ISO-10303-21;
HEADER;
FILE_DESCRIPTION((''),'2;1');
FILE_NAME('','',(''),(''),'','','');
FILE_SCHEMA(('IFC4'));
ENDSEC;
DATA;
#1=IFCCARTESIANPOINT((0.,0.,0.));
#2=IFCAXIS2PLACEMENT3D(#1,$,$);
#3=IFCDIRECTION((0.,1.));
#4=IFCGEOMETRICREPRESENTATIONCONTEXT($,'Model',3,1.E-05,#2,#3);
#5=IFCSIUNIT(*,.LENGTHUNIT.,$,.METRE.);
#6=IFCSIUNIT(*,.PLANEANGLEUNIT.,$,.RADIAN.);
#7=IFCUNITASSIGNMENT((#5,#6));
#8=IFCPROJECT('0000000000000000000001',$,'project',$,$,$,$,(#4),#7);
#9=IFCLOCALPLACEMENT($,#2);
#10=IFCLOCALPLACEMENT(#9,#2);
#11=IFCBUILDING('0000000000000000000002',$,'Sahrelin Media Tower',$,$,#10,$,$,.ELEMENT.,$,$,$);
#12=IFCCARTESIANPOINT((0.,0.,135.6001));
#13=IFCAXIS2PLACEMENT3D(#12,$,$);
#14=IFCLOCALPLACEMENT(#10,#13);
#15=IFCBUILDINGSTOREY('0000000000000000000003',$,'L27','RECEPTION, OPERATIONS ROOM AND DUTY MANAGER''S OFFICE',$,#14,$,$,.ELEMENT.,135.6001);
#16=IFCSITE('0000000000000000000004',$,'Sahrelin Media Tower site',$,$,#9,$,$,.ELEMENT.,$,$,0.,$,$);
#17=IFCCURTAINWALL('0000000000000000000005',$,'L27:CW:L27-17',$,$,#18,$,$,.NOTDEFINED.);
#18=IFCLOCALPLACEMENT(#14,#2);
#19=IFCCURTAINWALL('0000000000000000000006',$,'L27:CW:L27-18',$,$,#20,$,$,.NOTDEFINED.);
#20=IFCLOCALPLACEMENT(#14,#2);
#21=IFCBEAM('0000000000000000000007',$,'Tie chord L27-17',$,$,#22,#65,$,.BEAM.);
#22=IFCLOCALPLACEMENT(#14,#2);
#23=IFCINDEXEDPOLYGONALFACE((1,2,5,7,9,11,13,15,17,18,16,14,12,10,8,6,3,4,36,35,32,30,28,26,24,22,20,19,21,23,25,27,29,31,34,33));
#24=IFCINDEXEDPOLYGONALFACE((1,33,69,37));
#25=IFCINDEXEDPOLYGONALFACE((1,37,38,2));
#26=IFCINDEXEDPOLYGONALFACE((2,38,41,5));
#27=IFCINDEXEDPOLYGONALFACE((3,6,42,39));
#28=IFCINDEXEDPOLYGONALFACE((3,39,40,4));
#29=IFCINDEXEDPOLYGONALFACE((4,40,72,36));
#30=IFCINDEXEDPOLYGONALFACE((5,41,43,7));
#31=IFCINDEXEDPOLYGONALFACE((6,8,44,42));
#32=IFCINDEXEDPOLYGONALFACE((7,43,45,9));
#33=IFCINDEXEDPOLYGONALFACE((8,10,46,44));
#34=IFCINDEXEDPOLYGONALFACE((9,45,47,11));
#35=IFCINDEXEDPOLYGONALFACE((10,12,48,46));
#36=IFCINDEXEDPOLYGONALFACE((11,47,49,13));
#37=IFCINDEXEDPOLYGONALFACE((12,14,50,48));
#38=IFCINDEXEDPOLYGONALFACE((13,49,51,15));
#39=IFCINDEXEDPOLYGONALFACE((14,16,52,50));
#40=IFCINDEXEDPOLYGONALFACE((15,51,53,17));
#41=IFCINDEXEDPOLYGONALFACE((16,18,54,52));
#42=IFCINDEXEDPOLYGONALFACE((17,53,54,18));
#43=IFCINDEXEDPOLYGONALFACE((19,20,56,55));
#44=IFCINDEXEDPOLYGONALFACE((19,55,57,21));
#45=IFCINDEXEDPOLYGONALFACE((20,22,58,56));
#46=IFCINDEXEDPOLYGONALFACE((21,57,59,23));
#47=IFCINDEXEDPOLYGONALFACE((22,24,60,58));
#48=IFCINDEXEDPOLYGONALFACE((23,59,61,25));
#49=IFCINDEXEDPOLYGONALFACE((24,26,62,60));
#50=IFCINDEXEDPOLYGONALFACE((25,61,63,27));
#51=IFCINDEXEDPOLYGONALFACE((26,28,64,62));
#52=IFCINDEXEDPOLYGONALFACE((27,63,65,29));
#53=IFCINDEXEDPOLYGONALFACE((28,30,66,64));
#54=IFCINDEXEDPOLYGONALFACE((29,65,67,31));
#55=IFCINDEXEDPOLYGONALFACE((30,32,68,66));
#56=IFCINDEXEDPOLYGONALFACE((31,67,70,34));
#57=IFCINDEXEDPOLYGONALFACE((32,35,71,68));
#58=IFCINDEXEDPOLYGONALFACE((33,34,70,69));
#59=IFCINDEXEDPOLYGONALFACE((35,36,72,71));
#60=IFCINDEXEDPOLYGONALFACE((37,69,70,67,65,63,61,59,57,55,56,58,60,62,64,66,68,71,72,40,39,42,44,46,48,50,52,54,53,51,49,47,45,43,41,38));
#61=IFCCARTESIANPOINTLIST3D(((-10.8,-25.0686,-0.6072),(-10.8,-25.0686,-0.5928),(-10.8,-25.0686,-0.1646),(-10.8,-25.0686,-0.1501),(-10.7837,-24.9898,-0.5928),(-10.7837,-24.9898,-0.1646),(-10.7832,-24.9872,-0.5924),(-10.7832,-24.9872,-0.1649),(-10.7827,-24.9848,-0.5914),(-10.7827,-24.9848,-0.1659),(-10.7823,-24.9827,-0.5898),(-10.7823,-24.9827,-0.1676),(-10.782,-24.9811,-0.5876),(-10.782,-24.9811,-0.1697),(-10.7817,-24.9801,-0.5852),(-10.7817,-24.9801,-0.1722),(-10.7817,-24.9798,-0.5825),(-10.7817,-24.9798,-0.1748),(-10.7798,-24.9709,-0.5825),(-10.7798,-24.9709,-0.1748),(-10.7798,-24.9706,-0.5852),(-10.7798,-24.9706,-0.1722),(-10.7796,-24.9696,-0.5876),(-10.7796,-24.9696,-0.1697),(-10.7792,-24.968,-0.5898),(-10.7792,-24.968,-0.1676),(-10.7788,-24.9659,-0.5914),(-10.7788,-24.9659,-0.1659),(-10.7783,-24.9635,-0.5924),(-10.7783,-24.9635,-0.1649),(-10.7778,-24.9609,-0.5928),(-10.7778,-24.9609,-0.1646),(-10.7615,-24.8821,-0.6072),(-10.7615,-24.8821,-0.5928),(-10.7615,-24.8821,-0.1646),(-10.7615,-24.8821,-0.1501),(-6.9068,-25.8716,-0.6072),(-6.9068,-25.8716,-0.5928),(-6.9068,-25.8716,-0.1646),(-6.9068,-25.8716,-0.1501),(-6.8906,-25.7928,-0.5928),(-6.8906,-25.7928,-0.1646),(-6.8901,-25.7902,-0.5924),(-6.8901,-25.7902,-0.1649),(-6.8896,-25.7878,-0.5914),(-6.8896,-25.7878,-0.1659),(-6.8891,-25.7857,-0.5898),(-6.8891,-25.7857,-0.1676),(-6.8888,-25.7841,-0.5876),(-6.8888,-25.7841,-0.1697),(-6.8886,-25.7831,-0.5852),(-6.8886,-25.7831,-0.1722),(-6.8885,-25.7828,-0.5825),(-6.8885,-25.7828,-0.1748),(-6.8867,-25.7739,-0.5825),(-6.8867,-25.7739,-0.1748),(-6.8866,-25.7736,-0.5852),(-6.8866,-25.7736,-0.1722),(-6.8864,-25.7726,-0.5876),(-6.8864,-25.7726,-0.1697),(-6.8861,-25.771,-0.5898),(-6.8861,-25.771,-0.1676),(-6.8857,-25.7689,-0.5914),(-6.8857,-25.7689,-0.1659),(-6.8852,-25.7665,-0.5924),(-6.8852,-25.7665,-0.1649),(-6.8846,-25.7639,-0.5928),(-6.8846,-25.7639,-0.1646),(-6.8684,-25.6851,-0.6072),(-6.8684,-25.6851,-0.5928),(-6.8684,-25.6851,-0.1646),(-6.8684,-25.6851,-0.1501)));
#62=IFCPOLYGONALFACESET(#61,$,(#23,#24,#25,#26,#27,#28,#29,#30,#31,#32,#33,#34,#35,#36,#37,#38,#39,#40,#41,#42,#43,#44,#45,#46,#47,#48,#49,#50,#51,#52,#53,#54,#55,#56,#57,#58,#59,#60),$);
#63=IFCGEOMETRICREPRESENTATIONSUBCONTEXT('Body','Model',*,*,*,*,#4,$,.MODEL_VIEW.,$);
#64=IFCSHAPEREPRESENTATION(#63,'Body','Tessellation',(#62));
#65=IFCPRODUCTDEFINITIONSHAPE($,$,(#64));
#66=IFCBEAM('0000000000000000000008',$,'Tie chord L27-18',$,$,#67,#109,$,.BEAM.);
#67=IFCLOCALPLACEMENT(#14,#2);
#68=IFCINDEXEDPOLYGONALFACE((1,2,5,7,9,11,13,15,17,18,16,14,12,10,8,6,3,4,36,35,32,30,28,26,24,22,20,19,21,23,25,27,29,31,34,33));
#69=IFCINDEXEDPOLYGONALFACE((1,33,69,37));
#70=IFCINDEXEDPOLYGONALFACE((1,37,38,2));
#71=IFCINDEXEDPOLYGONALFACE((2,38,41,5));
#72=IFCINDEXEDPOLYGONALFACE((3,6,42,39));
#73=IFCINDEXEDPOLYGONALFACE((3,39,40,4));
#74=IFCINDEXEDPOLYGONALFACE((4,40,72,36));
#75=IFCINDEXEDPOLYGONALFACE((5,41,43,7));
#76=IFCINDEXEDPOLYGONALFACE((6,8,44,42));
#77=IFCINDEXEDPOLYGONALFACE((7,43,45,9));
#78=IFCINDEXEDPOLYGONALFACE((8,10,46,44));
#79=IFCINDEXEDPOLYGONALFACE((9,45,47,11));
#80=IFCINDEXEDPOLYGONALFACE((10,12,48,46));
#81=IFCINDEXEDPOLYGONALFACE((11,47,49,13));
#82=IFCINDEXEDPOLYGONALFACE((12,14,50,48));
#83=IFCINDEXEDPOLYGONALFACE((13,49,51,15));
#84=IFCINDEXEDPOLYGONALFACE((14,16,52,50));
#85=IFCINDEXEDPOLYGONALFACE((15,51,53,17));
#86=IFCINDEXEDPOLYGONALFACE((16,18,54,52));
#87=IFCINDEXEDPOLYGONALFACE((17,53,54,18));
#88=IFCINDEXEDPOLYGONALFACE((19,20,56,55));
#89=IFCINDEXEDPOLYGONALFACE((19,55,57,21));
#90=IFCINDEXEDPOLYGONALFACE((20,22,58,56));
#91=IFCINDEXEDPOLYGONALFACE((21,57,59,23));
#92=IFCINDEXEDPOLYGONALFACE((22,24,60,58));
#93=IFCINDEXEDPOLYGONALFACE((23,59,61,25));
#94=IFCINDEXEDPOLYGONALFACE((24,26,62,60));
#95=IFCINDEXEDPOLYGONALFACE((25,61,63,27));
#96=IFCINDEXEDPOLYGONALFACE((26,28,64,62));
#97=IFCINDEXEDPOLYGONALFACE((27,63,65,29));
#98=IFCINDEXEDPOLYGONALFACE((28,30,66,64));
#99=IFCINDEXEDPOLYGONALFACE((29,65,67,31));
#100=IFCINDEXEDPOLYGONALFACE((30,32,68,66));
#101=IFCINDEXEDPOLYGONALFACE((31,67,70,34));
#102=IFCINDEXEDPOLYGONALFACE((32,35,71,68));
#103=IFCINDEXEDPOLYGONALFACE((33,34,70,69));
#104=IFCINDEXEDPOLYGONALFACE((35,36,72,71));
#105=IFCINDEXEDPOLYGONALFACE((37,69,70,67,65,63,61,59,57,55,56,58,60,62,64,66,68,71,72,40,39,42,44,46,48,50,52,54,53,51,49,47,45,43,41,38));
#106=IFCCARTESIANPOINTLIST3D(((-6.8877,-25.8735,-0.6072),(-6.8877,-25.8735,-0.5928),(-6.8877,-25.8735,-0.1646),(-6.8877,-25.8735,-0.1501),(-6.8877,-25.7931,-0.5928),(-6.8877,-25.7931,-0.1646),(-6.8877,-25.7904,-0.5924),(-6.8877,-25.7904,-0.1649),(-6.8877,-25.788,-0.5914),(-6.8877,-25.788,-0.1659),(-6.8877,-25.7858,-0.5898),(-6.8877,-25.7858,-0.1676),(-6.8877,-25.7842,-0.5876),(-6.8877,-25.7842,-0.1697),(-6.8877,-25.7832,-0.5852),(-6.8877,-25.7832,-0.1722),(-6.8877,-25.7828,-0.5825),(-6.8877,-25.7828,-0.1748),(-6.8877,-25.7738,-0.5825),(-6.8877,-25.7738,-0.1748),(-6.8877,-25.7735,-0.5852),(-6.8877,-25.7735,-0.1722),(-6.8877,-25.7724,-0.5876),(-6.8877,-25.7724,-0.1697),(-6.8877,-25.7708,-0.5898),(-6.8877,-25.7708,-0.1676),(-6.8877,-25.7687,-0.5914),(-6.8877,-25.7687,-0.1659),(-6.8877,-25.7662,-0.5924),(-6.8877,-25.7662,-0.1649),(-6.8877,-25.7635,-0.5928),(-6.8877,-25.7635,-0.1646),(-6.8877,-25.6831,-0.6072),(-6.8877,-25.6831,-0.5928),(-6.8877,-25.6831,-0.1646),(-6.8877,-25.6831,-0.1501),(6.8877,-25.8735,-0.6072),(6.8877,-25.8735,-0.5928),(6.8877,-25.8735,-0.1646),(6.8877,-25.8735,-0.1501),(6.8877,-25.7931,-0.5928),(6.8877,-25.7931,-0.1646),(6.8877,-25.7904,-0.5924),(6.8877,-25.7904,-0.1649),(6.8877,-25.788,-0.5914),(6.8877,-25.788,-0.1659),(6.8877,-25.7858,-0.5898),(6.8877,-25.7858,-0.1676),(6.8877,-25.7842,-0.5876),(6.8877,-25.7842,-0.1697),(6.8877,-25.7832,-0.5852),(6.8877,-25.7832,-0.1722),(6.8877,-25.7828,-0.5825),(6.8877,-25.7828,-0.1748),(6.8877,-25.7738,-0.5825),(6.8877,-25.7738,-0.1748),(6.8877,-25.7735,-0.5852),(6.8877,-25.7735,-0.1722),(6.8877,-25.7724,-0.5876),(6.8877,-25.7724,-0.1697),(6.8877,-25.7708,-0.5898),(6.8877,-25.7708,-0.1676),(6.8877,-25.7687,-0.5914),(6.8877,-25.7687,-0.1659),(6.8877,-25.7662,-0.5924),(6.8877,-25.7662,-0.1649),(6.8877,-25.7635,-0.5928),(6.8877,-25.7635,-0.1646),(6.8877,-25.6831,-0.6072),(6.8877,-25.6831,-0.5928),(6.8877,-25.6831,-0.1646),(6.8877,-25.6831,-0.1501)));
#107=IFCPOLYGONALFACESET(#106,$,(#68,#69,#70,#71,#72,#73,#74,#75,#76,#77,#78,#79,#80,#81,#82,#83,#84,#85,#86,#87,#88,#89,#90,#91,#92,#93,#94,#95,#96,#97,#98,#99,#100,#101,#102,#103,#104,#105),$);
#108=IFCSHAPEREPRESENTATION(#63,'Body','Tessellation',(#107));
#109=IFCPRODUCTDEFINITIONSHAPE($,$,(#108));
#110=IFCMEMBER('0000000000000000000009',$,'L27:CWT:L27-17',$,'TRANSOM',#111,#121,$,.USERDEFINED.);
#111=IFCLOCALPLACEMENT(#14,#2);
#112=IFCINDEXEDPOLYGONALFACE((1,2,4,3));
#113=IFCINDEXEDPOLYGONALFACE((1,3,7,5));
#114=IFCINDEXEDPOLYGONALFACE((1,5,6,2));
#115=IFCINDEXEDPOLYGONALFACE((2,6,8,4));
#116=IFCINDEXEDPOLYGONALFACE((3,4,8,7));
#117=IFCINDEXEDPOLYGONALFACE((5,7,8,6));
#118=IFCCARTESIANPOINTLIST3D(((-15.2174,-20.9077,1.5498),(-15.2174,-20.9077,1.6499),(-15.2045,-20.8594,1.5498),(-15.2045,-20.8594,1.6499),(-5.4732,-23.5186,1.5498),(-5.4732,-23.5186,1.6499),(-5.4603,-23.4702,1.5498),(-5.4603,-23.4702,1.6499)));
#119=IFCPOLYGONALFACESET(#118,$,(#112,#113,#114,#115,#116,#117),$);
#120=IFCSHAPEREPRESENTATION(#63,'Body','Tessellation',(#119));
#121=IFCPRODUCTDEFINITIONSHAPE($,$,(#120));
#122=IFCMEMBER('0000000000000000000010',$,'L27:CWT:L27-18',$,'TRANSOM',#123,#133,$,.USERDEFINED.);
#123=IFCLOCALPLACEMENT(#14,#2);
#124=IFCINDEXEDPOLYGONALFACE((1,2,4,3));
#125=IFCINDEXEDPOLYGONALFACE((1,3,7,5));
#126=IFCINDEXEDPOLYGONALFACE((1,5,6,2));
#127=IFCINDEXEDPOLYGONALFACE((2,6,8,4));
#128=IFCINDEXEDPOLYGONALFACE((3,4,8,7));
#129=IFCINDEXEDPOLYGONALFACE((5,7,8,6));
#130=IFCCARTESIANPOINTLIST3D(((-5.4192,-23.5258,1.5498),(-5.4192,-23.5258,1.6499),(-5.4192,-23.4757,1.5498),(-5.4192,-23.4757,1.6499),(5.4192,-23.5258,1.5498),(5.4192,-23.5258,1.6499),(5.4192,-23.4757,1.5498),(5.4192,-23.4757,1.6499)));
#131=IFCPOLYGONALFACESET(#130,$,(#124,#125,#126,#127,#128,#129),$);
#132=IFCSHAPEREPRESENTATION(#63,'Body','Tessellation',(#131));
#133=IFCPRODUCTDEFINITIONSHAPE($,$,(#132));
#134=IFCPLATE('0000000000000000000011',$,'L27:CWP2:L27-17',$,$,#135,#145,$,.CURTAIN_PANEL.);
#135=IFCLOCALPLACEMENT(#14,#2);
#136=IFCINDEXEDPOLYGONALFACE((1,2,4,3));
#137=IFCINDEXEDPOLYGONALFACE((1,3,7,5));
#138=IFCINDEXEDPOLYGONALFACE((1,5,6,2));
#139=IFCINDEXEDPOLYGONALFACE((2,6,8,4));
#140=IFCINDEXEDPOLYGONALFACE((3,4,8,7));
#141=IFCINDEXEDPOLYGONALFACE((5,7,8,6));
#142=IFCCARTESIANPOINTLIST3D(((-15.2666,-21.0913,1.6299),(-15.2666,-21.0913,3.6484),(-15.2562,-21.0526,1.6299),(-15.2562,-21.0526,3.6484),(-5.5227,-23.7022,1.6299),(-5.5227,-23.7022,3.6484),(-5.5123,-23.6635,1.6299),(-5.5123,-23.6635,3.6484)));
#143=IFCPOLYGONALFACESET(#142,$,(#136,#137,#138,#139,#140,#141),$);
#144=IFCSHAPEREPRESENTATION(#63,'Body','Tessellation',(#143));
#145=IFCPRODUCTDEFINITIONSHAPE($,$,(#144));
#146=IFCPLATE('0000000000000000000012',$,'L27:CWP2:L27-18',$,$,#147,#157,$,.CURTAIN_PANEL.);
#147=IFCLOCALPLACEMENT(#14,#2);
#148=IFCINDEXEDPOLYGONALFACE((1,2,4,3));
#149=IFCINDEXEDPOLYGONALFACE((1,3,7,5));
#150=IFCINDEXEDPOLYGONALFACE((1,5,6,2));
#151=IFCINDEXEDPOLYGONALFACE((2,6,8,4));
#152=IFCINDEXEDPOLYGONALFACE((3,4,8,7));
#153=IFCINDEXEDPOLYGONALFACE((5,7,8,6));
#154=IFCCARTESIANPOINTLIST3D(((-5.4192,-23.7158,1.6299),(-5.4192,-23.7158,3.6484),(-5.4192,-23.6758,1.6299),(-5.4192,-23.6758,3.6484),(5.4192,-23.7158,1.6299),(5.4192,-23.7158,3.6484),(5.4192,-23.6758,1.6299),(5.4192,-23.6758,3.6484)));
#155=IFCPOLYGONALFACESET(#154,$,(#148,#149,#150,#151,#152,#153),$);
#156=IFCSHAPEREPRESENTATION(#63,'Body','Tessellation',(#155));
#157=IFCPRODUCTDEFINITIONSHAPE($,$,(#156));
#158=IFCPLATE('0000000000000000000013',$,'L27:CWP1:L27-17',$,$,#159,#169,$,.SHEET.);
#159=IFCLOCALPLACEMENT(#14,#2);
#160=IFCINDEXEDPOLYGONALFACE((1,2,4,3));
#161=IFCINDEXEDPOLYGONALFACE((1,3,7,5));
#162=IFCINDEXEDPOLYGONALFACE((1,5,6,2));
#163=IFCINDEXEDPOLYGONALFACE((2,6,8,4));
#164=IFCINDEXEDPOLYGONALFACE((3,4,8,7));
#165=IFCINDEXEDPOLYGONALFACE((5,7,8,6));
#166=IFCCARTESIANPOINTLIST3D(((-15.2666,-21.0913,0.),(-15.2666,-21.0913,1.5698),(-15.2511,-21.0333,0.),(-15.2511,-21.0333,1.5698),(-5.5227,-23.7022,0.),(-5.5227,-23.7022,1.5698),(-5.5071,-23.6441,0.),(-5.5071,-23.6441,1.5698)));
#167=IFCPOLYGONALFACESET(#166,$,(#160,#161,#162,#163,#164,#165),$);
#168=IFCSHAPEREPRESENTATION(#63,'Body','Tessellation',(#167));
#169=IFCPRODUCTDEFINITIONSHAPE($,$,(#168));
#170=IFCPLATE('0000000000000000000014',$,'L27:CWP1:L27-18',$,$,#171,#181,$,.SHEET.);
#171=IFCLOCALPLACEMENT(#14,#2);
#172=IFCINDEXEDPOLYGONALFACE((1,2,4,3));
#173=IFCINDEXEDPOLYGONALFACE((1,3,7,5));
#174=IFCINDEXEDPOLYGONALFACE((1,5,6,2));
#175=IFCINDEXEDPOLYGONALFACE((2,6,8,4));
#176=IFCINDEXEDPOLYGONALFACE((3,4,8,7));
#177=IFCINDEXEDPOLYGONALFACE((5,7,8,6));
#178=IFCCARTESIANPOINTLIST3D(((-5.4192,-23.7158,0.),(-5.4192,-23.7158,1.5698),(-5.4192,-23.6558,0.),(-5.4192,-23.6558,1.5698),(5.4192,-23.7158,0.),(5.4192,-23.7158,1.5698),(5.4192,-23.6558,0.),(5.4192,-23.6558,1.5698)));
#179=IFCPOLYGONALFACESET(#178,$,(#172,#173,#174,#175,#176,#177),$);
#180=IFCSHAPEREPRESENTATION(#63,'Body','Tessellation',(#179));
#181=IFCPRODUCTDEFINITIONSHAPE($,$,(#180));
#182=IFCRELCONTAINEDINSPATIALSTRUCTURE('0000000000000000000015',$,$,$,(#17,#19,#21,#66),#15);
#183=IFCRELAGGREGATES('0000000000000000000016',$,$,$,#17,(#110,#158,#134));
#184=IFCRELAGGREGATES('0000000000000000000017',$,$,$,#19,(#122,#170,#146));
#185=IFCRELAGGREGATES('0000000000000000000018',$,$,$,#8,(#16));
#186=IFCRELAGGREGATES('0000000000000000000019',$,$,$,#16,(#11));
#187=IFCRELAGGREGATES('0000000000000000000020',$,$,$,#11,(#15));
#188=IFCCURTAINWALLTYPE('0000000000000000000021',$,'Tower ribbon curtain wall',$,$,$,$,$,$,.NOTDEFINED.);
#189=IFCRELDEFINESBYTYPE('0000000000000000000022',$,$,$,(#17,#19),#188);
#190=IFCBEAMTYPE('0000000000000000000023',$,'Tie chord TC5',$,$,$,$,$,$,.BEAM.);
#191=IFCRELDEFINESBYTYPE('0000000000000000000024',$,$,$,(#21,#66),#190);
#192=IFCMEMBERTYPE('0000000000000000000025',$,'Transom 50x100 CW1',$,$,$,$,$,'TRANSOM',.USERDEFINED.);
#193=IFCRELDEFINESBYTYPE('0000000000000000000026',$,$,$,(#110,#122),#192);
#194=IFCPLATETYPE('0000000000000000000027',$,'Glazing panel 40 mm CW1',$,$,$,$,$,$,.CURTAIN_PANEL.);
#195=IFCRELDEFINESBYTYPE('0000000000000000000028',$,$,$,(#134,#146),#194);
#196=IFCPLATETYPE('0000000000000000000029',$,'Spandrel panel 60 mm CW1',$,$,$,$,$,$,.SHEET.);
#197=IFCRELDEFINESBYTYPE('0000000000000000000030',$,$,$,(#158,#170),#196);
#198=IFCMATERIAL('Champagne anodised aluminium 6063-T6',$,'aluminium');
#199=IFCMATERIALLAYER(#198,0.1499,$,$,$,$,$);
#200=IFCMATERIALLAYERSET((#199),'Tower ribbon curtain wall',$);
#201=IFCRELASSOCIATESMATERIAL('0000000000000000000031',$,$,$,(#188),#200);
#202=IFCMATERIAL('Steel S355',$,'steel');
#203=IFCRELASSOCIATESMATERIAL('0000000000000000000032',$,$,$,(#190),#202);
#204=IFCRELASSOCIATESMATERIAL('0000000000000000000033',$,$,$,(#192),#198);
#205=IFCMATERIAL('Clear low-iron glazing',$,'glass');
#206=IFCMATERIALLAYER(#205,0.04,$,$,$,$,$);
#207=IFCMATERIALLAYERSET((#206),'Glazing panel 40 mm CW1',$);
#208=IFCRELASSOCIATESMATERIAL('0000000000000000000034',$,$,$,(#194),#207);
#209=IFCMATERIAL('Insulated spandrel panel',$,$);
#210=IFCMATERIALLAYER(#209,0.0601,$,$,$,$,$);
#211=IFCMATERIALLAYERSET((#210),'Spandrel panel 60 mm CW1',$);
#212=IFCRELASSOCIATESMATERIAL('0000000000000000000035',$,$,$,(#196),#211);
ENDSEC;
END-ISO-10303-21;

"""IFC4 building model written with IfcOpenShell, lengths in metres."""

from ifc_helpers import new_model, si_unit, direction, frame, origin, origin_2d, place, context, subcontext, project, spatial, polyline, rectangle, i_section, outline, extrude, material, layer, layer_set, material_profile, profile_set, type_object, element, aggregate, save


model = new_model("IFC4")

# Units and contexts
model_context = context("Model", 3, precision=1e-05, world=origin(), true_north=direction((0.0, 1.0)))
body_context = subcontext(model_context, "Body", "Model", "MODEL_VIEW")
ifc_project = project(units=[si_unit("LENGTHUNIT", "METRE"), si_unit("PLANEANGLEUNIT", "RADIAN")], contexts=[model_context])

# Site, building, storey
site_placement = place(None, origin())
site = spatial("IfcSite", under=ifc_project, at=site_placement, Name="Sahrelin Media Tower site", CompositionType="ELEMENT", RefElevation=0.0)
building_placement = place(site_placement, origin())
building = spatial("IfcBuilding", under=site, at=building_placement, Name="Sahrelin Media Tower", CompositionType="ELEMENT")
storey_placement = place(building_placement, frame((0.0, 0.0, 135.6001)))
storey = spatial("IfcBuildingStorey", under=building, at=storey_placement, Name="L27", Description="RECEPTION, OPERATIONS ROOM AND DUTY MANAGER'S OFFICE", CompositionType="ELEMENT", Elevation=135.6001)

# Shared definitions
ifc_material_1 = material(Name="Steel S355", Category="steel")

# Curtain walls
ifc_material_2 = material(Name="Champagne anodised aluminium 6063-T6", Category="aluminium")
ifc_layer_1 = layer(ifc_material_2, 0.1499)
ifc_layer_set_1 = layer_set([ifc_layer_1], Name="Tower ribbon curtain wall")
curtain_wall_type = type_object("IfcCurtainWallType", Name="Tower ribbon curtain wall", PredefinedType="NOTDEFINED", material=ifc_layer_set_1)
curtain_wall_1_placement = place(storey_placement, frame((-10.3894, -22.3772, 0.0), z_axis=(0.0, 0.0, 1.0), x_axis=(1.0, 0.0, 0.0)))
curtain_wall_1 = element("IfcCurtainWall", 1, at=curtain_wall_1_placement, inside=storey, type_object=curtain_wall_type, Name="L27:CW:L27-17", PredefinedType="NOTDEFINED")
curtain_wall_2_placement = place(storey_placement, frame((0.0, -23.6958, 0.0), z_axis=(0.0, 0.0, 1.0), x_axis=(1.0, 0.0, 0.0)))
curtain_wall_2 = element("IfcCurtainWall", 2, at=curtain_wall_2_placement, inside=storey, type_object=curtain_wall_type, Name="L27:CW:L27-18", PredefinedType="NOTDEFINED")

# Beams
ifc_material_profile_1 = material_profile(ifc_material_1, i_section(OverallWidth=0.1904, OverallDepth=0.457, WebThickness=0.009, FlangeThickness=0.0144, FilletRadius=0.0103, at=origin_2d()), Name="UB 457x191x74")
ifc_profile_set_1 = profile_set([ifc_material_profile_1], Name="Steel S355")
beam_type_1 = type_object("IfcBeamType", Name="Tie chord TC5", PredefinedType="BEAM", material=ifc_profile_set_1)
beam_1_placement = place(storey_placement, frame((-10.7808, -24.9753, -0.3787), z_axis=(0.979384, -0.202006, 0.0), x_axis=(0.202006, 0.979384, 0.0)))
element("IfcBeam", 3, at=beam_1_placement, inside=storey, type_object=beam_type_1, Name="Tie chord L27-17", PredefinedType="BEAM", context=body_context, shape_type="SweptSolid", body=[
    extrude(i_section(OverallWidth=0.1904, OverallDepth=0.457, WebThickness=0.009, FlangeThickness=0.0144, FilletRadius=0.0103, at=origin_2d()), origin(), (0.0, 0.0, 1.0), 3.9751),
])
beam_2_placement = place(storey_placement, frame((-6.8877, -25.7783, -0.3787), z_axis=(1.0, 0.0, 0.0), x_axis=(0.0, 1.0, 0.0)))
element("IfcBeam", 4, at=beam_2_placement, inside=storey, type_object=beam_type_1, Name="Tie chord L27-18", PredefinedType="BEAM", context=body_context, shape_type="SweptSolid", body=[
    extrude(i_section(OverallWidth=0.1904, OverallDepth=0.457, WebThickness=0.009, FlangeThickness=0.0144, FilletRadius=0.0103, at=origin_2d()), origin(), (0.0, 0.0, 1.0), 13.7754),
])

# Members
ifc_material_profile_2 = material_profile(ifc_material_2, rectangle(XDim=0.05, YDim=0.1001, at=origin_2d()), Name="Transom 50x100")
ifc_profile_set_2 = profile_set([ifc_material_profile_2], Name="Champagne anodised aluminium 6063-T6")
member_type_1 = type_object("IfcMemberType", Name="Transom 50x100 CW1", ElementType="TRANSOM", PredefinedType="USERDEFINED", material=ifc_profile_set_2)
member_1_placement = place(storey_placement, frame((-15.2109, -20.8835, 1.5999), z_axis=(0.965928, -0.25881, 0.0), x_axis=(0.25881, 0.965928, 0.0)))
member_1 = element("IfcMember", 5, at=member_1_placement, type_object=member_type_1, Name="L27:CWT:L27-17", ObjectType="TRANSOM", PredefinedType="USERDEFINED", context=body_context, shape_type="SweptSolid", body=[
    extrude(rectangle(XDim=0.05, YDim=0.1001, at=origin_2d()), origin(), (0.0, 0.0, 1.0), 10.0879),
])
member_2_placement = place(storey_placement, frame((-5.4192, -23.5007, 1.5999), z_axis=(1.0, 0.0, 0.0), x_axis=(0.0, 1.0, 0.0)))
member_2 = element("IfcMember", 6, at=member_2_placement, type_object=member_type_1, Name="L27:CWT:L27-18", ObjectType="TRANSOM", PredefinedType="USERDEFINED", context=body_context, shape_type="SweptSolid", body=[
    extrude(rectangle(XDim=0.05, YDim=0.1001, at=origin_2d()), origin(), (0.0, 0.0, 1.0), 10.8384),
])

# Plates
ifc_material_3 = material(Name="Clear low-iron glazing", Category="glass")
ifc_layer_2 = layer(ifc_material_3, 0.04)
ifc_layer_set_2 = layer_set([ifc_layer_2], Name="Glazing panel 40 mm CW1")
plate_type_1 = type_object("IfcPlateType", Name="Glazing panel 40 mm CW1", PredefinedType="CURTAIN_PANEL", material=ifc_layer_set_2)
plate_1_placement = place(storey_placement, frame((-15.2666, -21.0913, 1.6299), z_axis=(-0.258816, -0.965927, 0.0), x_axis=(0.965927, -0.258816, 0.0)))
plate_1 = element("IfcPlate", 7, at=plate_1_placement, type_object=plate_type_1, Name="L27:CWP2:L27-17", PredefinedType="CURTAIN_PANEL", context=body_context, shape_type="SweptSolid", body=[
    extrude(outline(polyline([(0.0, 0.0), (10.0876, 0.0), (10.0876, 2.0186), (0.0, 2.0186), (0.0, 0.0)])), origin(), (0.0, 0.0, -1.0), 0.04),
])
plate_2_placement = place(storey_placement, frame((-5.4192, -23.7158, 1.6299), z_axis=(0.0, -1.0, 0.0), x_axis=(1.0, 0.0, 0.0)))
plate_2 = element("IfcPlate", 8, at=plate_2_placement, type_object=plate_type_1, Name="L27:CWP2:L27-18", PredefinedType="CURTAIN_PANEL", context=body_context, shape_type="SweptSolid", body=[
    extrude(outline(polyline([(0.0, 0.0), (10.8384, 0.0), (10.8384, 2.0186), (0.0, 2.0186), (0.0, 0.0)])), origin(), (0.0, 0.0, -1.0), 0.04),
])
ifc_material_4 = material(Name="Insulated spandrel panel")
ifc_layer_3 = layer(ifc_material_4, 0.0601)
ifc_layer_set_3 = layer_set([ifc_layer_3], Name="Spandrel panel 60 mm CW1")
plate_type_2 = type_object("IfcPlateType", Name="Spandrel panel 60 mm CW1", PredefinedType="SHEET", material=ifc_layer_set_3)
plate_3_placement = place(storey_placement, frame((-15.2666, -21.0913, 0.0), z_axis=(-0.258816, -0.965927, 0.0), x_axis=(0.965927, -0.258816, 0.0)))
plate_3 = element("IfcPlate", 9, at=plate_3_placement, type_object=plate_type_2, Name="L27:CWP1:L27-17", PredefinedType="SHEET", context=body_context, shape_type="SweptSolid", body=[
    extrude(outline(polyline([(0.0, 0.0), (10.0876, 0.0), (10.0876, 1.5698), (0.0, 1.5698), (0.0, 0.0)])), origin(), (0.0, 0.0, -1.0), 0.0601),
])
aggregate(curtain_wall_1, [member_1, plate_3, plate_1])
plate_4_placement = place(storey_placement, frame((-5.4192, -23.7158, 0.0), z_axis=(0.0, -1.0, 0.0), x_axis=(1.0, 0.0, 0.0)))
plate_4 = element("IfcPlate", 10, at=plate_4_placement, type_object=plate_type_2, Name="L27:CWP1:L27-18", PredefinedType="SHEET", context=body_context, shape_type="SweptSolid", body=[
    extrude(outline(polyline([(0.0, 0.0), (10.8384, 0.0), (10.8384, 1.5698), (0.0, 1.5698), (0.0, 0.0)])), origin(), (0.0, 0.0, -1.0), 0.0601),
])
aggregate(curtain_wall_2, [member_2, plate_4, plate_2])

save(model, "model.ifc")
